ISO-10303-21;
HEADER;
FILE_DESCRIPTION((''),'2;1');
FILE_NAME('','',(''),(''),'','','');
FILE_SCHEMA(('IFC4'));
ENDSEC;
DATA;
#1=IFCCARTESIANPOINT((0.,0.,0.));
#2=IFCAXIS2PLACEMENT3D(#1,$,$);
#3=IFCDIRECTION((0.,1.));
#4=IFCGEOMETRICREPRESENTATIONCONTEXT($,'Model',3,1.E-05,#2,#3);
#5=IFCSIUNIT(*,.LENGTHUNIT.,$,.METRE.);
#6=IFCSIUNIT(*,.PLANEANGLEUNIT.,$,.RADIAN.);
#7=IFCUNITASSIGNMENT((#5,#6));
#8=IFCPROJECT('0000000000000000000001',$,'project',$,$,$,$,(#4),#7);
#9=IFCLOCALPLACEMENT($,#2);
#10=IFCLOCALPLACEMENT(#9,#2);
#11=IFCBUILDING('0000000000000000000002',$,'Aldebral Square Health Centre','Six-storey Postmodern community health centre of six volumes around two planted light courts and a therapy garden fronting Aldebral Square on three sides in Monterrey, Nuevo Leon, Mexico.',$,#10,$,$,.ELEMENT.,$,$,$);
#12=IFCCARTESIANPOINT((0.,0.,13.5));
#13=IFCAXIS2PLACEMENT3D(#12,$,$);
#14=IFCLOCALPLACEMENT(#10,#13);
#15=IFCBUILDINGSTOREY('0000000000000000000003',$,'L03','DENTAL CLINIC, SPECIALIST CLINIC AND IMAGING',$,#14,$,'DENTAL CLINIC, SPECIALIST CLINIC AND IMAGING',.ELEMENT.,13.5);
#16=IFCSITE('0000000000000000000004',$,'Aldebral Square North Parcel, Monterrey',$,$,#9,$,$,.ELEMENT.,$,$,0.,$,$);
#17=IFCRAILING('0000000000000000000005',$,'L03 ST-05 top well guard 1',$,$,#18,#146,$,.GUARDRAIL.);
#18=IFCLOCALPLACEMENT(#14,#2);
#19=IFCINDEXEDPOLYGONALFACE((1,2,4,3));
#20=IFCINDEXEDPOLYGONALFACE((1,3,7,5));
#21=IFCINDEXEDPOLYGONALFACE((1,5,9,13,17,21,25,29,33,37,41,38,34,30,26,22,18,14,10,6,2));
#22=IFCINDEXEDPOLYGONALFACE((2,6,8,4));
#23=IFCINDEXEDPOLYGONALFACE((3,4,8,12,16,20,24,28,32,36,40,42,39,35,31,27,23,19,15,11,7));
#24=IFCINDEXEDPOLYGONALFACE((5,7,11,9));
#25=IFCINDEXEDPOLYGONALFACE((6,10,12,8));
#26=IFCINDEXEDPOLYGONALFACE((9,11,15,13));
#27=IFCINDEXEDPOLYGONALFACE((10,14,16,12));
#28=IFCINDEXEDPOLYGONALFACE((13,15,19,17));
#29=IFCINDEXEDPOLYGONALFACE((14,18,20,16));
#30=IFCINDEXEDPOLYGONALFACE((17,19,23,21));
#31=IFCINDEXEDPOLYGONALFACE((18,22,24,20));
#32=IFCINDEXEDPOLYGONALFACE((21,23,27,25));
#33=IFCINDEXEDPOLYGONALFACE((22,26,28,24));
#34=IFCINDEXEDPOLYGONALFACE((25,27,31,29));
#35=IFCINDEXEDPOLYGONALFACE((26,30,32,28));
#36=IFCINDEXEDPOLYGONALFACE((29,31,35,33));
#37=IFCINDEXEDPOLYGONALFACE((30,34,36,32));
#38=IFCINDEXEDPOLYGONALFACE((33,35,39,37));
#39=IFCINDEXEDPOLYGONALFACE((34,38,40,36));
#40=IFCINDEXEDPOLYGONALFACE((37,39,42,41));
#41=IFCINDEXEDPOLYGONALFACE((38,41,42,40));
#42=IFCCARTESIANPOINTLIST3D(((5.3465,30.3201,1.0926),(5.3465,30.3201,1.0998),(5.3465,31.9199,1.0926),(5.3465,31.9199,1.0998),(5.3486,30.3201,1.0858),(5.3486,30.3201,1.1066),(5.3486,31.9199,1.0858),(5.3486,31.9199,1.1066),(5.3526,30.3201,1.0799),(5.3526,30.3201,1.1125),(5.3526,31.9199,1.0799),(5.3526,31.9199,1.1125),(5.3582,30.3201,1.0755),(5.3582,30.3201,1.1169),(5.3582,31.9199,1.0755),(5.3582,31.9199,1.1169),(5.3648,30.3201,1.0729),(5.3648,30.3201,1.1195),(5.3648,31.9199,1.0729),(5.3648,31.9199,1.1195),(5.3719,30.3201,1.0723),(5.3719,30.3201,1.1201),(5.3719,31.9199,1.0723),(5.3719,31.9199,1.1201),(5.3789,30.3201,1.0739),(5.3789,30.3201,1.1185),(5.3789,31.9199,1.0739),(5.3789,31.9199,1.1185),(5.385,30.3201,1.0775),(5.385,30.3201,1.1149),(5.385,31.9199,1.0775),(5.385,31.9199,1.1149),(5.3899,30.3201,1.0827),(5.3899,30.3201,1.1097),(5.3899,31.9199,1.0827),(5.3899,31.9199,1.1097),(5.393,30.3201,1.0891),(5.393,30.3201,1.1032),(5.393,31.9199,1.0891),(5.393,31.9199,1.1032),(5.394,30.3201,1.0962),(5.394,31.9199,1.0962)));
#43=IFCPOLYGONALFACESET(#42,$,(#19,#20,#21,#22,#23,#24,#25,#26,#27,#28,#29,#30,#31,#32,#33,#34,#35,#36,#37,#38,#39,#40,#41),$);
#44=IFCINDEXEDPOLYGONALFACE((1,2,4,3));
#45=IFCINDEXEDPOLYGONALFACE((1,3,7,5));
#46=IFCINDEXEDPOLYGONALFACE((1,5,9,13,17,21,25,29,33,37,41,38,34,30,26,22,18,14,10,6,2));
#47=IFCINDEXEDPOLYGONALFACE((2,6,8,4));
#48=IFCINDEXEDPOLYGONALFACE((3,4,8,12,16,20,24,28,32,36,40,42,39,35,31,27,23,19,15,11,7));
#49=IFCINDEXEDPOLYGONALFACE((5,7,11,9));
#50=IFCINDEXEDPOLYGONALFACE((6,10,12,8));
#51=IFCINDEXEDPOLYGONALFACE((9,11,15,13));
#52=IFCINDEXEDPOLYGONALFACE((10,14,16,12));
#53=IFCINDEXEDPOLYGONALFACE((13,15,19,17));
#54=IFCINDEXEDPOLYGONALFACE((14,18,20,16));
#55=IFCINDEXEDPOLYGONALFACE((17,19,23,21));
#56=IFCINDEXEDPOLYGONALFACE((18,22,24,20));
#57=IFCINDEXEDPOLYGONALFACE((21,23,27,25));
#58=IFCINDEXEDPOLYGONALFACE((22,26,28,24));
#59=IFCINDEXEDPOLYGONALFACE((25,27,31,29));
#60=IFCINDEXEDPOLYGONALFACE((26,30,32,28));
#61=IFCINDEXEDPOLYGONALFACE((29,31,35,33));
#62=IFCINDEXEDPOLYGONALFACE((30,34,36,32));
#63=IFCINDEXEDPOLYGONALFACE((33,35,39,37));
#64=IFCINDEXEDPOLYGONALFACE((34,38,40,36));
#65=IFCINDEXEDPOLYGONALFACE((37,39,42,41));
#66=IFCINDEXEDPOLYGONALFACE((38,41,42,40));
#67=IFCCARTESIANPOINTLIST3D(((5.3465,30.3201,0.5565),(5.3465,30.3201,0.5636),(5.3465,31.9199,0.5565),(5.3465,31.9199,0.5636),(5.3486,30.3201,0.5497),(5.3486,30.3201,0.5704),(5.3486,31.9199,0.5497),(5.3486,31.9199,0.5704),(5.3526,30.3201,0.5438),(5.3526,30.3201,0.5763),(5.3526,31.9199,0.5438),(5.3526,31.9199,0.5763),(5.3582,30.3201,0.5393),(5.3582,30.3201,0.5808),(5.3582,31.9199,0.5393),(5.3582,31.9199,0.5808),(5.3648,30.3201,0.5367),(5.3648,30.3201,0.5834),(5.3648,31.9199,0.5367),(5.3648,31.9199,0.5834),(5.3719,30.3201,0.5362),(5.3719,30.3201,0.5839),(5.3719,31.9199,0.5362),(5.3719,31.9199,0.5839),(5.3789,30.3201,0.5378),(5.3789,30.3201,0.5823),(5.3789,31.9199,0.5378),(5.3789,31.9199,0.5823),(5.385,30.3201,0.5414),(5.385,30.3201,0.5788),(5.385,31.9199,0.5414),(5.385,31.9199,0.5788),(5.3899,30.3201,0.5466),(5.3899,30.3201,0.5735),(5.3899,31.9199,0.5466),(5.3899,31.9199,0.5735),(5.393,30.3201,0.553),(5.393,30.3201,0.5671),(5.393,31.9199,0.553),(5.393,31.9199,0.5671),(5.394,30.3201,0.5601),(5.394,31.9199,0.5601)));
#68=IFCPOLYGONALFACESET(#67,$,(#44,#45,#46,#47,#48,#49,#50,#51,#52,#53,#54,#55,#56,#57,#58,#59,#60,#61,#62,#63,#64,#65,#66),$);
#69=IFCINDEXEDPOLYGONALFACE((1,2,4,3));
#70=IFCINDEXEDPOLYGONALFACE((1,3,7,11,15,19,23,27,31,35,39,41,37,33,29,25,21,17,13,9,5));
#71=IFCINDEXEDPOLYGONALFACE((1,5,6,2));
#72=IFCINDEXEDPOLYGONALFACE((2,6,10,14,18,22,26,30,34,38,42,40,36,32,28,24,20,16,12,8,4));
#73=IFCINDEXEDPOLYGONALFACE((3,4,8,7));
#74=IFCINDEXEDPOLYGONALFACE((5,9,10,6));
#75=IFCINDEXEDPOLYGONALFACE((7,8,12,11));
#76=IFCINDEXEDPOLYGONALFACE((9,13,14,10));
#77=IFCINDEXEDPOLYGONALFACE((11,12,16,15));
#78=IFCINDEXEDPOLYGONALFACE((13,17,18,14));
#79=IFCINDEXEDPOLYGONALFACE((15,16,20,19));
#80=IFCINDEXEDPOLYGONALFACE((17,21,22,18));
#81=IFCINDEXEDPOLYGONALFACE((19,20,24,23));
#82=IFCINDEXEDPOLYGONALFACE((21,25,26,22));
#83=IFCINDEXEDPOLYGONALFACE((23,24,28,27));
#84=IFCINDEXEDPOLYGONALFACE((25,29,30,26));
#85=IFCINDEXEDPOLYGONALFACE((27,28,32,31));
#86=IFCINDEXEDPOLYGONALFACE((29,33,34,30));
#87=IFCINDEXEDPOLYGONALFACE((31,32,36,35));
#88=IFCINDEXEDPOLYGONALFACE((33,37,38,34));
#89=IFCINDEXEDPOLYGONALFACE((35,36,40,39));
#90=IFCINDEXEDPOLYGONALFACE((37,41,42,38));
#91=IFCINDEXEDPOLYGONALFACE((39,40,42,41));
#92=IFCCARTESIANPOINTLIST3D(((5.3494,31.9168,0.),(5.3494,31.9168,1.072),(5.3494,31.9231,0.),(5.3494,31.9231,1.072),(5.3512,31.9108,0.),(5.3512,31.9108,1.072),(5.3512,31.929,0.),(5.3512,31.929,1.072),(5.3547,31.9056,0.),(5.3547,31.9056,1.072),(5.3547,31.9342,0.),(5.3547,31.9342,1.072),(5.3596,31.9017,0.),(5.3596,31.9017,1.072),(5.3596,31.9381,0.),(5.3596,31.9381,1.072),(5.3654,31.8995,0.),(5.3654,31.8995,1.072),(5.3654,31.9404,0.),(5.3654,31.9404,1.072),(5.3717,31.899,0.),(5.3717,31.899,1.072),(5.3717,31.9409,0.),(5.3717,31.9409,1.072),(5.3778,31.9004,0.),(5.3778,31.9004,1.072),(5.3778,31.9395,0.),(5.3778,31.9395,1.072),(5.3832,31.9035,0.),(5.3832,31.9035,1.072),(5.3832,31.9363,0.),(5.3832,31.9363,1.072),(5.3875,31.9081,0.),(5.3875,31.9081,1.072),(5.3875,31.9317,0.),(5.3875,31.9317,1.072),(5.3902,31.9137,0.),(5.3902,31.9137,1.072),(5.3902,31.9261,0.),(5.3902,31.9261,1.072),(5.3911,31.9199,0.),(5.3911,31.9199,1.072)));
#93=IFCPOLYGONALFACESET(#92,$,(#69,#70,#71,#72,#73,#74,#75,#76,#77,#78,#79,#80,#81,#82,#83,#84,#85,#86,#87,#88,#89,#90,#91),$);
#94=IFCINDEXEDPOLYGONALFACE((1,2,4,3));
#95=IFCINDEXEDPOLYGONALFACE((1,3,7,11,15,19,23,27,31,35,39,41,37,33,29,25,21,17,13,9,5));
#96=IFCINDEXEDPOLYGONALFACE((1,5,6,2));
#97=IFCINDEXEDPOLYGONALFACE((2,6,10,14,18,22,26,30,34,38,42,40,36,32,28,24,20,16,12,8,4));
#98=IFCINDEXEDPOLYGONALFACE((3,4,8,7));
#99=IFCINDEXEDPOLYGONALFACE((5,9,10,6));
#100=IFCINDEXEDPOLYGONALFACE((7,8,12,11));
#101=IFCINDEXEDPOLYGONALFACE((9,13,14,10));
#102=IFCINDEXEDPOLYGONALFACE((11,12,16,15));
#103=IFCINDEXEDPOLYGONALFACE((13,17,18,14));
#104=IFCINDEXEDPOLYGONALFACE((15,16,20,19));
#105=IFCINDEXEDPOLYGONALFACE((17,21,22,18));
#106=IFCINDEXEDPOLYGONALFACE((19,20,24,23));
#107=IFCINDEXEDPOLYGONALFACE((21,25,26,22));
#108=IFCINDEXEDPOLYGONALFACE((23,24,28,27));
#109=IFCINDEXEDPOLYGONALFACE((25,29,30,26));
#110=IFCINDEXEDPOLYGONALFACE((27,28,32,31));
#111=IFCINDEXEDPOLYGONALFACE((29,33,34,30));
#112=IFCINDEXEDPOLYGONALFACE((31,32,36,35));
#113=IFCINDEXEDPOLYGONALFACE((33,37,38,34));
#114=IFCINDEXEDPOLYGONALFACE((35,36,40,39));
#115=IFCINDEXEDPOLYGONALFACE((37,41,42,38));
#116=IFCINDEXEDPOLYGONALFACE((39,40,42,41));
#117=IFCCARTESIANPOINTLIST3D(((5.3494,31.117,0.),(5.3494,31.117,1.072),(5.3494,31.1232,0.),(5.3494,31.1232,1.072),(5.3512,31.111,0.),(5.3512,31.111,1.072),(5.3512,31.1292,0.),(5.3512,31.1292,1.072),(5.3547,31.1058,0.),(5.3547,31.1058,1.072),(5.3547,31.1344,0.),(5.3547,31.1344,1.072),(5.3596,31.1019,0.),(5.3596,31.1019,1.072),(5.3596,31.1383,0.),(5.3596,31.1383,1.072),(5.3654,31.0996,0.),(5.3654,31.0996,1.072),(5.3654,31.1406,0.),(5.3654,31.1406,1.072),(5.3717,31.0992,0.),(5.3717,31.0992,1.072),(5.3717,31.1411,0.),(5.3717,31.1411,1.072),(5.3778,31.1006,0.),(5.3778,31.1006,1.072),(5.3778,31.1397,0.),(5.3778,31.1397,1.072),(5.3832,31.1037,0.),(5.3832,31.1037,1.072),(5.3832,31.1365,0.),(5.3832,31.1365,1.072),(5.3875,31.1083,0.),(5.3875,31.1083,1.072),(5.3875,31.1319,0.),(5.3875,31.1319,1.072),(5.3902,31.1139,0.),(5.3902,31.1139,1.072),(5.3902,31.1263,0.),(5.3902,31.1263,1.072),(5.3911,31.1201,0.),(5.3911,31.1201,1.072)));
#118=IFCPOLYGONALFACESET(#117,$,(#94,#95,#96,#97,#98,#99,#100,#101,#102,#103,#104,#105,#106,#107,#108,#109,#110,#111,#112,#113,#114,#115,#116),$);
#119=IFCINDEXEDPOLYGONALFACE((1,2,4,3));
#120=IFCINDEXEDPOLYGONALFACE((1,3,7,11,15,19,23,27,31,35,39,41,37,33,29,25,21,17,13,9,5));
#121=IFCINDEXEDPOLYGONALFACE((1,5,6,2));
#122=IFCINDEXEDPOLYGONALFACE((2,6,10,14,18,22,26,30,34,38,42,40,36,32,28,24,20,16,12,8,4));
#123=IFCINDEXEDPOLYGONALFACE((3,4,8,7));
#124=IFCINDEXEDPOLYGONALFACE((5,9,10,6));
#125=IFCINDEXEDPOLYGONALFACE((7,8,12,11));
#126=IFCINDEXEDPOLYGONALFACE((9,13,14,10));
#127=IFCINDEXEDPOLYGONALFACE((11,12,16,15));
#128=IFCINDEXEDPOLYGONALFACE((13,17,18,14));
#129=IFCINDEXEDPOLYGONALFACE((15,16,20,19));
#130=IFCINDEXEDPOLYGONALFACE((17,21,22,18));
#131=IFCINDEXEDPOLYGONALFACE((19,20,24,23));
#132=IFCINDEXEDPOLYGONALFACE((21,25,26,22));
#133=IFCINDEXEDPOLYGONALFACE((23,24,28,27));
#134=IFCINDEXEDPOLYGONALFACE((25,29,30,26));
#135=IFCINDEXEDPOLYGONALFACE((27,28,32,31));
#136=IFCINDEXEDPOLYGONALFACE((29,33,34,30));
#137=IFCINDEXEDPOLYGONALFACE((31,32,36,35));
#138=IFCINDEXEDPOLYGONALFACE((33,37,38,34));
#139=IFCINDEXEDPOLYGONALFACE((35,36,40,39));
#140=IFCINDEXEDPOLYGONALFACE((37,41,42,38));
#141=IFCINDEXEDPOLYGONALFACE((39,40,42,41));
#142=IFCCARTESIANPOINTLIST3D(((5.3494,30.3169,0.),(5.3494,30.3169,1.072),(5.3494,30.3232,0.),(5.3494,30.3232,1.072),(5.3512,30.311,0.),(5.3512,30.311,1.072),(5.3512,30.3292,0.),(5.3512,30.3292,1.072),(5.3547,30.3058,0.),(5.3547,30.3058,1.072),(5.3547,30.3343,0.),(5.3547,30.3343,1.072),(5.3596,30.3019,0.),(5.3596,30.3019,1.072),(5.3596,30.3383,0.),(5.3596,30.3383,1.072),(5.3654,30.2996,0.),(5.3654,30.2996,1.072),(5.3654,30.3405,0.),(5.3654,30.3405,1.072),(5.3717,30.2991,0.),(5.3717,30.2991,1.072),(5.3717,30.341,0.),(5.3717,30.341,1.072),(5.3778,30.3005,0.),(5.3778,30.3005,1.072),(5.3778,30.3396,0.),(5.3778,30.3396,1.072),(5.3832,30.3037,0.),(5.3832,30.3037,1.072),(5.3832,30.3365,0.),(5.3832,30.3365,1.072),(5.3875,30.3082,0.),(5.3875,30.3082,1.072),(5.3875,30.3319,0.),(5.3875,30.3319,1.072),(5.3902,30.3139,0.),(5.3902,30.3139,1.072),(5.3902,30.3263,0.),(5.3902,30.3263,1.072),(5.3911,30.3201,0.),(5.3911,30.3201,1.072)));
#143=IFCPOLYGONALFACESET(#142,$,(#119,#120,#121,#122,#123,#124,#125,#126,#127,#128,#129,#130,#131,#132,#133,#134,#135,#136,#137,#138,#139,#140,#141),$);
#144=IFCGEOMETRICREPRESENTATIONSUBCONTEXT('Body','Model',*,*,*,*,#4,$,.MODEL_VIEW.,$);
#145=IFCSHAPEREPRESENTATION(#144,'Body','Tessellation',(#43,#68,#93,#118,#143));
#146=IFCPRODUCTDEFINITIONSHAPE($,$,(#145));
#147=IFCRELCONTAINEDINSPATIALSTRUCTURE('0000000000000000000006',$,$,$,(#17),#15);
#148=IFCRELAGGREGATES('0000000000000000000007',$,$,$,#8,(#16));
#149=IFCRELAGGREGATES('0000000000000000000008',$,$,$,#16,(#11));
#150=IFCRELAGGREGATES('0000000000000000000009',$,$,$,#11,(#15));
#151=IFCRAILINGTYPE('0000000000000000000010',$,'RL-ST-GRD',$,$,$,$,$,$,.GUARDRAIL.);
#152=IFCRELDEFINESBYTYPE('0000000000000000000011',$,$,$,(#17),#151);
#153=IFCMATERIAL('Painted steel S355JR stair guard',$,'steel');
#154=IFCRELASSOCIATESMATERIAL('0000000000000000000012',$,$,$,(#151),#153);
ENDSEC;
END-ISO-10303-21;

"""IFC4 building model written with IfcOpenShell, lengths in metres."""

from ifc_helpers import new_model, si_unit, direction, frame, origin, origin_2d, place, context, subcontext, project, spatial, circle, extrude, material, type_object, element, save


model = new_model("IFC4")

# Units and contexts
model_context = context("Model", 3, precision=1e-05, world=origin(), true_north=direction((0.0, 1.0)))
body_context = subcontext(model_context, "Body", "Model", "MODEL_VIEW")
ifc_project = project(units=[si_unit("LENGTHUNIT", "METRE"), si_unit("PLANEANGLEUNIT", "RADIAN")], contexts=[model_context])

# Site, building, storey
site_placement = place(None, origin())
site = spatial("IfcSite", under=ifc_project, at=site_placement, Name="Aldebral Square North Parcel, Monterrey", CompositionType="ELEMENT", RefElevation=0.0)
building_placement = place(site_placement, origin())
building = spatial("IfcBuilding", under=site, at=building_placement, Name="Aldebral Square Health Centre", Description="Six-storey Postmodern community health centre of six volumes around two planted light courts and a therapy garden fronting Aldebral Square on three sides in Monterrey, Nuevo Leon, Mexico.", CompositionType="ELEMENT")
storey_placement = place(building_placement, frame((0.0, 0.0, 13.5)))
storey = spatial("IfcBuildingStorey", under=building, at=storey_placement, Name="L03", Description="DENTAL CLINIC, SPECIALIST CLINIC AND IMAGING", LongName="DENTAL CLINIC, SPECIALIST CLINIC AND IMAGING", CompositionType="ELEMENT", Elevation=13.5)

# Railing
ifc_material_1 = material(Name="Painted steel S355JR stair guard", Category="steel")
railing_type = type_object("IfcRailingType", Name="RL-ST-GRD", PredefinedType="GUARDRAIL", material=ifc_material_1)
railing_1_placement = place(storey_placement, frame((5.3701, 31.9199, 0.0)))
element("IfcRailing", 1, at=railing_1_placement, inside=storey, type_object=railing_type, Name="L03 ST-05 top well guard 1", PredefinedType="GUARDRAIL", context=body_context, shape_type="SweptSolid", body=[
    extrude(circle(Radius=0.0239, at=origin_2d()), frame((0.0, 0.0, 1.0962), z_axis=(0.0, -1.0, 0.0), x_axis=(1.0, 0.0, 0.0)), (0.0, 0.0, 1.0), 1.5999),
    extrude(circle(Radius=0.0239, at=origin_2d()), frame((0.0, 0.0, 0.5601), z_axis=(0.0, -1.0, 0.0), x_axis=(1.0, 0.0, 0.0)), (0.0, 0.0, 1.0), 1.5999),
    extrude(circle(Radius=0.021, at=origin_2d()), origin(), (0.0, 0.0, 1.0), 1.072),
    extrude(circle(Radius=0.021, at=origin_2d()), frame((0.0, -0.7998, 0.0)), (0.0, 0.0, 1.0), 1.072),
    extrude(circle(Radius=0.021, at=origin_2d()), frame((0.0, -1.5999, 0.0)), (0.0, 0.0, 1.0), 1.072),
])

save(model, "model.ifc")
